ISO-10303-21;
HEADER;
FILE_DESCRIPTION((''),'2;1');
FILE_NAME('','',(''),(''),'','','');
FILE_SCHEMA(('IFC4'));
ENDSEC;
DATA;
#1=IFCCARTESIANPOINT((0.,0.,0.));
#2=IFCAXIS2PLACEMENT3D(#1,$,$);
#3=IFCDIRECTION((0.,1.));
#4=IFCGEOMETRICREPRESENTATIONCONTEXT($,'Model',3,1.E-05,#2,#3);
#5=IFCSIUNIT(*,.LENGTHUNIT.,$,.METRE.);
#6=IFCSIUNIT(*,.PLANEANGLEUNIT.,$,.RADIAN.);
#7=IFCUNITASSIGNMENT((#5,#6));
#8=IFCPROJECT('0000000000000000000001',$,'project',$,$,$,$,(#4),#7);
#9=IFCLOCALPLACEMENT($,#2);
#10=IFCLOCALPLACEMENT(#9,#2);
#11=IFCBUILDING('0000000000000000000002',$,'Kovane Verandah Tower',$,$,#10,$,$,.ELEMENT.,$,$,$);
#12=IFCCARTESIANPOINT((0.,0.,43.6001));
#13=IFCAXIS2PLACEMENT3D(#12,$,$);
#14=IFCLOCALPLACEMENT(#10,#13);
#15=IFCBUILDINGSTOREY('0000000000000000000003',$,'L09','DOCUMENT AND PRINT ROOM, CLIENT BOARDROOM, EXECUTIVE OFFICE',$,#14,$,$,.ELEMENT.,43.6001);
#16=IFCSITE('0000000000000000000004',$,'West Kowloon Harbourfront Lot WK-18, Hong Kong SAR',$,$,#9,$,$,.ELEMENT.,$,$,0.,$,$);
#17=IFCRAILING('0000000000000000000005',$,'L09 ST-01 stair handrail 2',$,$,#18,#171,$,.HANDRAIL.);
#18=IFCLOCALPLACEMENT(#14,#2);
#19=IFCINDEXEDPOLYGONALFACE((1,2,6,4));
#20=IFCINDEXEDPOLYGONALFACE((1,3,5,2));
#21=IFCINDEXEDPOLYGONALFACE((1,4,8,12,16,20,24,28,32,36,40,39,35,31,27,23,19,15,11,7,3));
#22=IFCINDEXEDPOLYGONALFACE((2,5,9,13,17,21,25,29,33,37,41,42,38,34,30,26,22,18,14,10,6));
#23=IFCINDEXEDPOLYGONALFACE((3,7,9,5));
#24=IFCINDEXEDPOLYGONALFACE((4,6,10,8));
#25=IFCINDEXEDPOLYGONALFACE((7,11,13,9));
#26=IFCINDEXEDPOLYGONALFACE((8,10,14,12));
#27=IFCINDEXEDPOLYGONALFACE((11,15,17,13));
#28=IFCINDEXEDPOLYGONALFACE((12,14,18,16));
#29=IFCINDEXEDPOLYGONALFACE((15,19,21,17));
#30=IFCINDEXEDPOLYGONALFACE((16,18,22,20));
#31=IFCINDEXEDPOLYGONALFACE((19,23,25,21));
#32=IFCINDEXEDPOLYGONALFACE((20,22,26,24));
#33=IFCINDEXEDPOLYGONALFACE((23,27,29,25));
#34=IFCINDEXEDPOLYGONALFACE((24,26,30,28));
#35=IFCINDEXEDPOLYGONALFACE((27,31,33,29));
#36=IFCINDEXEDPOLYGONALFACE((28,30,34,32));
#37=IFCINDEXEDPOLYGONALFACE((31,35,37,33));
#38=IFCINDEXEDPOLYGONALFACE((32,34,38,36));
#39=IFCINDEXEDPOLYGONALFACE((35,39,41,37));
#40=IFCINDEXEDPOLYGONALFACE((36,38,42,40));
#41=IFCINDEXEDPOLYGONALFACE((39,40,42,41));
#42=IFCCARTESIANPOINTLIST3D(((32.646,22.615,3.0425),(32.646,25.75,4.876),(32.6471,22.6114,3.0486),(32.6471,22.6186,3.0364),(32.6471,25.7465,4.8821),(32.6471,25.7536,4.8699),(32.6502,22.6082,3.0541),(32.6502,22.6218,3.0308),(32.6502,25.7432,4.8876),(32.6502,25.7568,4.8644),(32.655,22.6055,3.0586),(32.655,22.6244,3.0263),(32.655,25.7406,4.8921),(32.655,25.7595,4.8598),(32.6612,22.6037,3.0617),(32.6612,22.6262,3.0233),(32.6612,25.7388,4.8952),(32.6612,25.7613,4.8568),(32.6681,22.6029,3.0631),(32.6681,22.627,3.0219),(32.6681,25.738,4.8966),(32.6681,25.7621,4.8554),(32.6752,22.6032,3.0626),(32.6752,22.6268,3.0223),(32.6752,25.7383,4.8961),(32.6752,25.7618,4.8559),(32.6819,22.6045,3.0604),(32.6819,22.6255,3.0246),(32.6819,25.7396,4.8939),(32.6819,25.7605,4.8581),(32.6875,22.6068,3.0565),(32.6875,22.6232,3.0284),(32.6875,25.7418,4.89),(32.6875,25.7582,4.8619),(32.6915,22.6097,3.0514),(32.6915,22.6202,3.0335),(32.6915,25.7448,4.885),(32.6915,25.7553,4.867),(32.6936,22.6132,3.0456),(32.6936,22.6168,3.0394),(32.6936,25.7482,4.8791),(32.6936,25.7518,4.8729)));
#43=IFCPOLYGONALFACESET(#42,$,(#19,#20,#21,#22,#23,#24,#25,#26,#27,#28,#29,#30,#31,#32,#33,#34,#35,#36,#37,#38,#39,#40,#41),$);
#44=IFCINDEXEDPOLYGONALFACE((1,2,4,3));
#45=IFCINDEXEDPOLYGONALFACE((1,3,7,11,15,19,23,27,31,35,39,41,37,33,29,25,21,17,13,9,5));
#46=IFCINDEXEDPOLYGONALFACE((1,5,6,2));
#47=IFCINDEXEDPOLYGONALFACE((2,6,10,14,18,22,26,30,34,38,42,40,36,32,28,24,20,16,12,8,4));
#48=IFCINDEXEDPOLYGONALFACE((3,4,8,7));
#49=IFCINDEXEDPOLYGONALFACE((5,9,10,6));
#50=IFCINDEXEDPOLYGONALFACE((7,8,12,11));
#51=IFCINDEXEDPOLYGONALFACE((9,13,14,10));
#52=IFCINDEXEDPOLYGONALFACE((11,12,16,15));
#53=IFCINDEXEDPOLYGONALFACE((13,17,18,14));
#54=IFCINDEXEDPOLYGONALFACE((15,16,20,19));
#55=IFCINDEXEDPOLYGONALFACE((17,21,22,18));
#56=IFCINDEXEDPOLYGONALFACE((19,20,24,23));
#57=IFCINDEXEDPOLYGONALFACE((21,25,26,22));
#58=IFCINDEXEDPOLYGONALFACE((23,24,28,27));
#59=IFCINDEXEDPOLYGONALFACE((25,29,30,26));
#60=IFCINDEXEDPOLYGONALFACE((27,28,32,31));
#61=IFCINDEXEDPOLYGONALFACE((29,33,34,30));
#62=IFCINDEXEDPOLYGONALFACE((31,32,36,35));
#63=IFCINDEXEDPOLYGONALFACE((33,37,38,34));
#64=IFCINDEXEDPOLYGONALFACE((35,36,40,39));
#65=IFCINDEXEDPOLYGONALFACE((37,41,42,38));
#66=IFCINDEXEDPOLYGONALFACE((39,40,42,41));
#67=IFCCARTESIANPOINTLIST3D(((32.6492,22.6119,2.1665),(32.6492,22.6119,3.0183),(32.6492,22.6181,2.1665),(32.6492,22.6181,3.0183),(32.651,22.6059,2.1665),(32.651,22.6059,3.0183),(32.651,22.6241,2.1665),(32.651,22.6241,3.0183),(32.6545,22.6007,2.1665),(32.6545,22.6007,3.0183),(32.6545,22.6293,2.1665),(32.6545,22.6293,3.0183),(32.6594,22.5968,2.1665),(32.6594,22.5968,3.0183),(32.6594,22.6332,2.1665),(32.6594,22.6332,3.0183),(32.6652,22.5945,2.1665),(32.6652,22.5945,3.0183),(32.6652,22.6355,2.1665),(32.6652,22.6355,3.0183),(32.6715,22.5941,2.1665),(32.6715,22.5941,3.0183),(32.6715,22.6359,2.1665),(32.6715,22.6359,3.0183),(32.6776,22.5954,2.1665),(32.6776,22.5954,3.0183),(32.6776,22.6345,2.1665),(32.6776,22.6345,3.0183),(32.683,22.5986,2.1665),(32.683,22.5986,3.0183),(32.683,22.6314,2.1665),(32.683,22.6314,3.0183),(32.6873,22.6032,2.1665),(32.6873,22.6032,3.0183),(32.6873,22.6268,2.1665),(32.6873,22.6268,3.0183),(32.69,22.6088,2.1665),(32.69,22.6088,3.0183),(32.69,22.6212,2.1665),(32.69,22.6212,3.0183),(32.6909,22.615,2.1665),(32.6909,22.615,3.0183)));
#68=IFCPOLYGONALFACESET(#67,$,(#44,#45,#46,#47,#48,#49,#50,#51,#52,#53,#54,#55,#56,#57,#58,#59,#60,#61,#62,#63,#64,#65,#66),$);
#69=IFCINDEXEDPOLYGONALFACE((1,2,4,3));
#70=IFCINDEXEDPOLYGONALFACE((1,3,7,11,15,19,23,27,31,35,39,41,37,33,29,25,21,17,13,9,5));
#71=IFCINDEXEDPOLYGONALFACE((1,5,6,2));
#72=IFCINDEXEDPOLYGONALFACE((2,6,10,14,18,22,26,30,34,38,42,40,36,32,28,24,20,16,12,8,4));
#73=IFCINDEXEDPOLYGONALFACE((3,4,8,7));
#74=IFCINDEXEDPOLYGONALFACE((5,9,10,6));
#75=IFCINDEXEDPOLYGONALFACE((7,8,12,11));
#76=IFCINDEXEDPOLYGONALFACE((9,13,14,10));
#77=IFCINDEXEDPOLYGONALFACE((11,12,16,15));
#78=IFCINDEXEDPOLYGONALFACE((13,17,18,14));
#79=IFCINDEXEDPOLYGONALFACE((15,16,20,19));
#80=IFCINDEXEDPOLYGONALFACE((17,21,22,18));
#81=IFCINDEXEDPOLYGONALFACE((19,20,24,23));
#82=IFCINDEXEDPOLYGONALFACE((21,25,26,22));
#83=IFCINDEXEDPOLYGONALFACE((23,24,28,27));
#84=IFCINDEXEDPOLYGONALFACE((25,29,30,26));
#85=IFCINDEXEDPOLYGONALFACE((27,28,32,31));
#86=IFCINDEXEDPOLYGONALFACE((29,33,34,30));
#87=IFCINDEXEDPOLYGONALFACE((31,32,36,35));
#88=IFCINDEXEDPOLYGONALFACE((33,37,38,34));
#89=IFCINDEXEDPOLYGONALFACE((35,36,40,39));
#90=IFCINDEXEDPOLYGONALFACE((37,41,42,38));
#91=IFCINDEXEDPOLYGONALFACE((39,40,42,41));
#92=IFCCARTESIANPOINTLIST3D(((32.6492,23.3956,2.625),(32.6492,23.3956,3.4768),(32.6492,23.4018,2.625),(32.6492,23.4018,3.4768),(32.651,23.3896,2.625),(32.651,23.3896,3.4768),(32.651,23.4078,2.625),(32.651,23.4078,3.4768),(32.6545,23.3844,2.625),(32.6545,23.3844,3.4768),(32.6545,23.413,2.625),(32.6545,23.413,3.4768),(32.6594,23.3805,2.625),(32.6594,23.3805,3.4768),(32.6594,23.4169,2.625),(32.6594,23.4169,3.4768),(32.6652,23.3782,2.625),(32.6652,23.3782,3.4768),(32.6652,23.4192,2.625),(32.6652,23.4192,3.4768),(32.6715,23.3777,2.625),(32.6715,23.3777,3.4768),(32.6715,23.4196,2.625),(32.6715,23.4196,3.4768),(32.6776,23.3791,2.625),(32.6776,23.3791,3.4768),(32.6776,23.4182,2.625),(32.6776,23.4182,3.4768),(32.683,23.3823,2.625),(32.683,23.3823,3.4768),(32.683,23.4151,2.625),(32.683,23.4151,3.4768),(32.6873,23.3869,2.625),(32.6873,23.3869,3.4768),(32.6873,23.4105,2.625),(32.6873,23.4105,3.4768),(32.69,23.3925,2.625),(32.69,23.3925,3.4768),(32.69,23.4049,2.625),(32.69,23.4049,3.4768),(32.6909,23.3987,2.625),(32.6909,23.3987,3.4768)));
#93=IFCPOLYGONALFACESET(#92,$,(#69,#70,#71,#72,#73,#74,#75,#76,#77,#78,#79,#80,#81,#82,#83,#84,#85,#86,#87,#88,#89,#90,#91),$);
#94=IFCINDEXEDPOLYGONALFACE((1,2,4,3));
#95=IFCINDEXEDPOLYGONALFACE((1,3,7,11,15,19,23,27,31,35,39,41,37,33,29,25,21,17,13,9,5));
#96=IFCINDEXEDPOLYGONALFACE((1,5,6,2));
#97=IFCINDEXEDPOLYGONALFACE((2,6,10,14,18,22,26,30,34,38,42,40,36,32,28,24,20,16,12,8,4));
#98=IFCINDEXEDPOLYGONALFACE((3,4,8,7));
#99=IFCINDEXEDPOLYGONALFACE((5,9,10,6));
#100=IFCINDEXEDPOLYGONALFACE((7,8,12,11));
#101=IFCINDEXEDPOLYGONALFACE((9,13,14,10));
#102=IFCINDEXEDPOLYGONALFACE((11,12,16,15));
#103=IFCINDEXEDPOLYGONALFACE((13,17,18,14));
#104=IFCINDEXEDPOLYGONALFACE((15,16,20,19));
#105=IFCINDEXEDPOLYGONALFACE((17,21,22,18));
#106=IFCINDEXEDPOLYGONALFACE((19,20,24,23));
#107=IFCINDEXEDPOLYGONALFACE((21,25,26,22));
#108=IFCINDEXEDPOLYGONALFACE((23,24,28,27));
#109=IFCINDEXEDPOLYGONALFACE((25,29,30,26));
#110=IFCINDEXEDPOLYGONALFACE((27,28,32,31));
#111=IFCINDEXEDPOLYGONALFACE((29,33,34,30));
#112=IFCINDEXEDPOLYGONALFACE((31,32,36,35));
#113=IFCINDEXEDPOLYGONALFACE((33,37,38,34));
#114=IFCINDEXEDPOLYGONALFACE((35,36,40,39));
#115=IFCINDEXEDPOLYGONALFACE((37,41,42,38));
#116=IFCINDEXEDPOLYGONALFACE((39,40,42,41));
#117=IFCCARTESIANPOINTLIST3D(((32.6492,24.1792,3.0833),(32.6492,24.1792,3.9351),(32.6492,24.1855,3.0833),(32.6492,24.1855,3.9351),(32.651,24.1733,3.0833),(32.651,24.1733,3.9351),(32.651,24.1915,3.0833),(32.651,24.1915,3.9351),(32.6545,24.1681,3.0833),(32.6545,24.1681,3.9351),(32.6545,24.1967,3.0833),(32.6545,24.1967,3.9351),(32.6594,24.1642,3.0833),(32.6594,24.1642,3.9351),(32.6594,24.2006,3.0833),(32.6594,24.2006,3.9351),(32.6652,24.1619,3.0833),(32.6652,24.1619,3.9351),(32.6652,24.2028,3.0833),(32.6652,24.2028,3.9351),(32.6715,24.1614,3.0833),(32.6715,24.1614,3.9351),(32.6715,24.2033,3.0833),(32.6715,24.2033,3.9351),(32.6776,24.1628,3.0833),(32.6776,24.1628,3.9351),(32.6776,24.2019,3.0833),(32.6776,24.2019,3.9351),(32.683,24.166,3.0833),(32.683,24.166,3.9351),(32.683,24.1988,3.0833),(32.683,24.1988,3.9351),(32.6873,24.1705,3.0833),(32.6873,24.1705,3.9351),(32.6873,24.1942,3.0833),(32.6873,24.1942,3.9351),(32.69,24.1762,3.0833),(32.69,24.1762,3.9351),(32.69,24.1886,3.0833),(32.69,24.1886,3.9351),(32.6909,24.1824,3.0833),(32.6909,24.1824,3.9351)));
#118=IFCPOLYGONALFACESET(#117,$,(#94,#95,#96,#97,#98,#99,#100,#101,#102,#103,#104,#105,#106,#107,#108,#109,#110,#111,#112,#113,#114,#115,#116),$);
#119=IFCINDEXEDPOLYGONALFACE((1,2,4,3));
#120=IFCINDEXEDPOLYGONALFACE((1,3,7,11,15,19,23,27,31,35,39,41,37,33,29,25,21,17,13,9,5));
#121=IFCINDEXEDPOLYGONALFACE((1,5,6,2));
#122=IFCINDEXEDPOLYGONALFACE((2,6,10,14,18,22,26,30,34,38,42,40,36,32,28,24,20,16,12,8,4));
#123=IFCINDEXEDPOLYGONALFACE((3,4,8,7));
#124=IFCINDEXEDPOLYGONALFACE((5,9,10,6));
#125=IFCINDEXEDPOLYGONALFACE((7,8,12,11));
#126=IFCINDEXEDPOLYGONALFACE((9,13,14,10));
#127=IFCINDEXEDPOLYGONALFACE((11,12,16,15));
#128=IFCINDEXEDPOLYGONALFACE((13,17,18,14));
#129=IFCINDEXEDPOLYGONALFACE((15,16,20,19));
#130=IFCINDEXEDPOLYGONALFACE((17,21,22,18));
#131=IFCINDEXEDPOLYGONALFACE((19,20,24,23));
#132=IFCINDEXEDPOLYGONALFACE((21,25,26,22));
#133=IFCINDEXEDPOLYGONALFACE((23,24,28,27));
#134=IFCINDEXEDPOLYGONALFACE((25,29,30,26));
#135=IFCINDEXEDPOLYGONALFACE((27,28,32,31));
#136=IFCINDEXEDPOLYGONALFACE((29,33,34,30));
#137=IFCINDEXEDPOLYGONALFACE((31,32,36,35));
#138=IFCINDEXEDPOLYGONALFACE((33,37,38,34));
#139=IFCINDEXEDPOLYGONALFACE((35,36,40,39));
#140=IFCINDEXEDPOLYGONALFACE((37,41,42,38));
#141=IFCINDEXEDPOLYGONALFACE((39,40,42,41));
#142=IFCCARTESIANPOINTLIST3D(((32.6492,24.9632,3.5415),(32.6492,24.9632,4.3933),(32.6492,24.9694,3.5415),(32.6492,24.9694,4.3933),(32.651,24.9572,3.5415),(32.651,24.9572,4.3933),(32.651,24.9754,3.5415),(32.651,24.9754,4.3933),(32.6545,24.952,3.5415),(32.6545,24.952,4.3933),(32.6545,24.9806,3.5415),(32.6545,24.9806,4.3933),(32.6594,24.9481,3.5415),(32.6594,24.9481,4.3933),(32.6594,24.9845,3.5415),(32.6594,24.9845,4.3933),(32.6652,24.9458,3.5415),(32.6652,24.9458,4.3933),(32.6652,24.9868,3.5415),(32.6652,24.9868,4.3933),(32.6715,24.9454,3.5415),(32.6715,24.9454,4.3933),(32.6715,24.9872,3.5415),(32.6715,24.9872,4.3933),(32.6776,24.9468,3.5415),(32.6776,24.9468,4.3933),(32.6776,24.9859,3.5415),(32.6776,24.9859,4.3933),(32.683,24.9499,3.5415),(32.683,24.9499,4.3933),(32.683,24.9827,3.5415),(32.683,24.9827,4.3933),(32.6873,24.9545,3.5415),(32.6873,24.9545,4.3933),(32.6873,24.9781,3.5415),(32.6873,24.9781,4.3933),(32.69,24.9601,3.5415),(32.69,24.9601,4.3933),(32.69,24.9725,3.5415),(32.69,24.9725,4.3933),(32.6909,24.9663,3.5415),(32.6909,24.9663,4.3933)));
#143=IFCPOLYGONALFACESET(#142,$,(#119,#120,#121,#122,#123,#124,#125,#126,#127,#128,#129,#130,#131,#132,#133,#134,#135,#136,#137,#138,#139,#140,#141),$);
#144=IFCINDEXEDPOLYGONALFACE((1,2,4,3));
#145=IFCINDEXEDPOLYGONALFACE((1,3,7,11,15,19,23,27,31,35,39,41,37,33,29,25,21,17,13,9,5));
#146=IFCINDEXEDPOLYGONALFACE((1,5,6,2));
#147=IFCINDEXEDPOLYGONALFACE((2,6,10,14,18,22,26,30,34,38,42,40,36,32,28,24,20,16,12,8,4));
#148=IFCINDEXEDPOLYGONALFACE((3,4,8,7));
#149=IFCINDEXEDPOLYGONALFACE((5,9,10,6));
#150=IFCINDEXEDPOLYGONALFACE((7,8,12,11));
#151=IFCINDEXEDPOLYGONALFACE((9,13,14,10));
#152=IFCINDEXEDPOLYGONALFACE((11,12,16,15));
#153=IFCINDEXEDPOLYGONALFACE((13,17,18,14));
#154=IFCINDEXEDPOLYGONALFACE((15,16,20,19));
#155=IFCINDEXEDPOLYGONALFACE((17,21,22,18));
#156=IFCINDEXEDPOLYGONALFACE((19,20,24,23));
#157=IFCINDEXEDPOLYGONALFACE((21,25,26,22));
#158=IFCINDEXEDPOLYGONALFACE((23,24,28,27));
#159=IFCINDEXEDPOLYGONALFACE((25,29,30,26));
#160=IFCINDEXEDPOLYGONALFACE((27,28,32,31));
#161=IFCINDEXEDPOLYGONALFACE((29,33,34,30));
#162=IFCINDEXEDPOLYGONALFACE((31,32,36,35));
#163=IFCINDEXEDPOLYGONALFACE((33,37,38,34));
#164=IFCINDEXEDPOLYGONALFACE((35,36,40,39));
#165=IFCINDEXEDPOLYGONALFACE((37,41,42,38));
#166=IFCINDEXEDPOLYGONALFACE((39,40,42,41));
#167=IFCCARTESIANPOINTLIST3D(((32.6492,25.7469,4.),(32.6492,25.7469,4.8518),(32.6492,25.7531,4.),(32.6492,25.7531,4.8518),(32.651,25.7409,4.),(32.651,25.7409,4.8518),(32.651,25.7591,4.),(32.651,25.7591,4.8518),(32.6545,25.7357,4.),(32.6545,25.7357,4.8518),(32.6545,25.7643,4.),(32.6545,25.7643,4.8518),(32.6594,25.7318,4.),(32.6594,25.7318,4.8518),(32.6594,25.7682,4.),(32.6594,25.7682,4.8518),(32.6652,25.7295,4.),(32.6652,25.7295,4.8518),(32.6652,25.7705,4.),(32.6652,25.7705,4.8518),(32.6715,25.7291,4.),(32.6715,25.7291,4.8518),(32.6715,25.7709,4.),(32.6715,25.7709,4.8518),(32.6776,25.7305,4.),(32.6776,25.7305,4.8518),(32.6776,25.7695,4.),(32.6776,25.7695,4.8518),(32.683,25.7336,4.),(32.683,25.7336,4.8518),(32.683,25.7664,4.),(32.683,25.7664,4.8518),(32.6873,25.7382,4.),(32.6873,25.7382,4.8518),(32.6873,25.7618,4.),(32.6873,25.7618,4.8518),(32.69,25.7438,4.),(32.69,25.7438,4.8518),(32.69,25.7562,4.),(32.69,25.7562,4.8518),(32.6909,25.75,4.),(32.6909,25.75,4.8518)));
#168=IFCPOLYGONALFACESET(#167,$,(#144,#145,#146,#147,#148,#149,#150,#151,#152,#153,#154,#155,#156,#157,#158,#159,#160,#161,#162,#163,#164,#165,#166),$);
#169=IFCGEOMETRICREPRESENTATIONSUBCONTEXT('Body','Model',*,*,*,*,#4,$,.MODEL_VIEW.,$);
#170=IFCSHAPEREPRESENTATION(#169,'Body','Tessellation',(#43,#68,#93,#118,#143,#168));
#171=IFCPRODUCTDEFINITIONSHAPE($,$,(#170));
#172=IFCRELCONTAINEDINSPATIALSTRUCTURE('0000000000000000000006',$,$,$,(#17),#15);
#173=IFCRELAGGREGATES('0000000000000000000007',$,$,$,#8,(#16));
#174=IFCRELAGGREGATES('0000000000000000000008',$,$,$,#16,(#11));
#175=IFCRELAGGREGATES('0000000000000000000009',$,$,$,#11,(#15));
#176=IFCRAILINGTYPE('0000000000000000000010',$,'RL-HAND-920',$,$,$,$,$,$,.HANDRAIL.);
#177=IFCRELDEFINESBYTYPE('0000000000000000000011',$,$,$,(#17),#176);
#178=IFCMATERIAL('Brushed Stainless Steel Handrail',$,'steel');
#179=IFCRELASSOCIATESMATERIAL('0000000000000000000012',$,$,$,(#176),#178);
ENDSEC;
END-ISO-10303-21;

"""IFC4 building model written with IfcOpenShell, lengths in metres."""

from ifc_helpers import new_model, si_unit, direction, frame, origin, origin_2d, place, context, subcontext, project, spatial, circle, extrude, material, type_object, element, save


model = new_model("IFC4")

# Units and contexts
model_context = context("Model", 3, precision=1e-05, world=origin(), true_north=direction((0.0, 1.0)))
body_context = subcontext(model_context, "Body", "Model", "MODEL_VIEW")
ifc_project = project(units=[si_unit("LENGTHUNIT", "METRE"), si_unit("PLANEANGLEUNIT", "RADIAN")], contexts=[model_context])

# Site, building, storey
site_placement = place(None, origin())
site = spatial("IfcSite", under=ifc_project, at=site_placement, Name="West Kowloon Harbourfront Lot WK-18, Hong Kong SAR", CompositionType="ELEMENT", RefElevation=0.0)
building_placement = place(site_placement, origin())
building = spatial("IfcBuilding", under=site, at=building_placement, Name="Kovane Verandah Tower", CompositionType="ELEMENT")
storey_placement = place(building_placement, frame((0.0, 0.0, 43.6001)))
storey = spatial("IfcBuildingStorey", under=building, at=storey_placement, Name="L09", Description="DOCUMENT AND PRINT ROOM, CLIENT BOARDROOM, EXECUTIVE OFFICE", CompositionType="ELEMENT", Elevation=43.6001)

# Railing
ifc_material_1 = material(Name="Brushed Stainless Steel Handrail", Category="steel")
railing_type_1 = type_object("IfcRailingType", Name="RL-HAND-920", PredefinedType="HANDRAIL", material=ifc_material_1)
railing_1_placement = place(storey_placement, frame((32.6699, 22.615, 2.1665)))
element("IfcRailing", 1, at=railing_1_placement, inside=storey, type_object=railing_type_1, Name="L09 ST-01 stair handrail 2", PredefinedType="HANDRAIL", context=body_context, shape_type="SweptSolid", body=[
    extrude(circle(Radius=0.0239, at=origin_2d()), frame((0.0, 0.0, 0.876), z_axis=(0.0, 0.86321, 0.504845), x_axis=(-1.0, 0.0, 0.0)), (0.0, 0.0, 1.0), 3.6318),
    extrude(circle(Radius=0.021, at=origin_2d()), origin(), (0.0, 0.0, 1.0), 0.8518),
    extrude(circle(Radius=0.021, at=origin_2d()), frame((0.0, 0.7837, 0.4585)), (0.0, 0.0, 1.0), 0.8518),
    extrude(circle(Radius=0.021, at=origin_2d()), frame((0.0, 1.5674, 0.9167)), (0.0, 0.0, 1.0), 0.8518),
    extrude(circle(Radius=0.021, at=origin_2d()), frame((0.0, 2.3513, 1.375)), (0.0, 0.0, 1.0), 0.8518),
    extrude(circle(Radius=0.021, at=origin_2d()), frame((0.0, 3.135, 1.8335)), (0.0, 0.0, 1.0), 0.8518),
])

save(model, "model.ifc")
